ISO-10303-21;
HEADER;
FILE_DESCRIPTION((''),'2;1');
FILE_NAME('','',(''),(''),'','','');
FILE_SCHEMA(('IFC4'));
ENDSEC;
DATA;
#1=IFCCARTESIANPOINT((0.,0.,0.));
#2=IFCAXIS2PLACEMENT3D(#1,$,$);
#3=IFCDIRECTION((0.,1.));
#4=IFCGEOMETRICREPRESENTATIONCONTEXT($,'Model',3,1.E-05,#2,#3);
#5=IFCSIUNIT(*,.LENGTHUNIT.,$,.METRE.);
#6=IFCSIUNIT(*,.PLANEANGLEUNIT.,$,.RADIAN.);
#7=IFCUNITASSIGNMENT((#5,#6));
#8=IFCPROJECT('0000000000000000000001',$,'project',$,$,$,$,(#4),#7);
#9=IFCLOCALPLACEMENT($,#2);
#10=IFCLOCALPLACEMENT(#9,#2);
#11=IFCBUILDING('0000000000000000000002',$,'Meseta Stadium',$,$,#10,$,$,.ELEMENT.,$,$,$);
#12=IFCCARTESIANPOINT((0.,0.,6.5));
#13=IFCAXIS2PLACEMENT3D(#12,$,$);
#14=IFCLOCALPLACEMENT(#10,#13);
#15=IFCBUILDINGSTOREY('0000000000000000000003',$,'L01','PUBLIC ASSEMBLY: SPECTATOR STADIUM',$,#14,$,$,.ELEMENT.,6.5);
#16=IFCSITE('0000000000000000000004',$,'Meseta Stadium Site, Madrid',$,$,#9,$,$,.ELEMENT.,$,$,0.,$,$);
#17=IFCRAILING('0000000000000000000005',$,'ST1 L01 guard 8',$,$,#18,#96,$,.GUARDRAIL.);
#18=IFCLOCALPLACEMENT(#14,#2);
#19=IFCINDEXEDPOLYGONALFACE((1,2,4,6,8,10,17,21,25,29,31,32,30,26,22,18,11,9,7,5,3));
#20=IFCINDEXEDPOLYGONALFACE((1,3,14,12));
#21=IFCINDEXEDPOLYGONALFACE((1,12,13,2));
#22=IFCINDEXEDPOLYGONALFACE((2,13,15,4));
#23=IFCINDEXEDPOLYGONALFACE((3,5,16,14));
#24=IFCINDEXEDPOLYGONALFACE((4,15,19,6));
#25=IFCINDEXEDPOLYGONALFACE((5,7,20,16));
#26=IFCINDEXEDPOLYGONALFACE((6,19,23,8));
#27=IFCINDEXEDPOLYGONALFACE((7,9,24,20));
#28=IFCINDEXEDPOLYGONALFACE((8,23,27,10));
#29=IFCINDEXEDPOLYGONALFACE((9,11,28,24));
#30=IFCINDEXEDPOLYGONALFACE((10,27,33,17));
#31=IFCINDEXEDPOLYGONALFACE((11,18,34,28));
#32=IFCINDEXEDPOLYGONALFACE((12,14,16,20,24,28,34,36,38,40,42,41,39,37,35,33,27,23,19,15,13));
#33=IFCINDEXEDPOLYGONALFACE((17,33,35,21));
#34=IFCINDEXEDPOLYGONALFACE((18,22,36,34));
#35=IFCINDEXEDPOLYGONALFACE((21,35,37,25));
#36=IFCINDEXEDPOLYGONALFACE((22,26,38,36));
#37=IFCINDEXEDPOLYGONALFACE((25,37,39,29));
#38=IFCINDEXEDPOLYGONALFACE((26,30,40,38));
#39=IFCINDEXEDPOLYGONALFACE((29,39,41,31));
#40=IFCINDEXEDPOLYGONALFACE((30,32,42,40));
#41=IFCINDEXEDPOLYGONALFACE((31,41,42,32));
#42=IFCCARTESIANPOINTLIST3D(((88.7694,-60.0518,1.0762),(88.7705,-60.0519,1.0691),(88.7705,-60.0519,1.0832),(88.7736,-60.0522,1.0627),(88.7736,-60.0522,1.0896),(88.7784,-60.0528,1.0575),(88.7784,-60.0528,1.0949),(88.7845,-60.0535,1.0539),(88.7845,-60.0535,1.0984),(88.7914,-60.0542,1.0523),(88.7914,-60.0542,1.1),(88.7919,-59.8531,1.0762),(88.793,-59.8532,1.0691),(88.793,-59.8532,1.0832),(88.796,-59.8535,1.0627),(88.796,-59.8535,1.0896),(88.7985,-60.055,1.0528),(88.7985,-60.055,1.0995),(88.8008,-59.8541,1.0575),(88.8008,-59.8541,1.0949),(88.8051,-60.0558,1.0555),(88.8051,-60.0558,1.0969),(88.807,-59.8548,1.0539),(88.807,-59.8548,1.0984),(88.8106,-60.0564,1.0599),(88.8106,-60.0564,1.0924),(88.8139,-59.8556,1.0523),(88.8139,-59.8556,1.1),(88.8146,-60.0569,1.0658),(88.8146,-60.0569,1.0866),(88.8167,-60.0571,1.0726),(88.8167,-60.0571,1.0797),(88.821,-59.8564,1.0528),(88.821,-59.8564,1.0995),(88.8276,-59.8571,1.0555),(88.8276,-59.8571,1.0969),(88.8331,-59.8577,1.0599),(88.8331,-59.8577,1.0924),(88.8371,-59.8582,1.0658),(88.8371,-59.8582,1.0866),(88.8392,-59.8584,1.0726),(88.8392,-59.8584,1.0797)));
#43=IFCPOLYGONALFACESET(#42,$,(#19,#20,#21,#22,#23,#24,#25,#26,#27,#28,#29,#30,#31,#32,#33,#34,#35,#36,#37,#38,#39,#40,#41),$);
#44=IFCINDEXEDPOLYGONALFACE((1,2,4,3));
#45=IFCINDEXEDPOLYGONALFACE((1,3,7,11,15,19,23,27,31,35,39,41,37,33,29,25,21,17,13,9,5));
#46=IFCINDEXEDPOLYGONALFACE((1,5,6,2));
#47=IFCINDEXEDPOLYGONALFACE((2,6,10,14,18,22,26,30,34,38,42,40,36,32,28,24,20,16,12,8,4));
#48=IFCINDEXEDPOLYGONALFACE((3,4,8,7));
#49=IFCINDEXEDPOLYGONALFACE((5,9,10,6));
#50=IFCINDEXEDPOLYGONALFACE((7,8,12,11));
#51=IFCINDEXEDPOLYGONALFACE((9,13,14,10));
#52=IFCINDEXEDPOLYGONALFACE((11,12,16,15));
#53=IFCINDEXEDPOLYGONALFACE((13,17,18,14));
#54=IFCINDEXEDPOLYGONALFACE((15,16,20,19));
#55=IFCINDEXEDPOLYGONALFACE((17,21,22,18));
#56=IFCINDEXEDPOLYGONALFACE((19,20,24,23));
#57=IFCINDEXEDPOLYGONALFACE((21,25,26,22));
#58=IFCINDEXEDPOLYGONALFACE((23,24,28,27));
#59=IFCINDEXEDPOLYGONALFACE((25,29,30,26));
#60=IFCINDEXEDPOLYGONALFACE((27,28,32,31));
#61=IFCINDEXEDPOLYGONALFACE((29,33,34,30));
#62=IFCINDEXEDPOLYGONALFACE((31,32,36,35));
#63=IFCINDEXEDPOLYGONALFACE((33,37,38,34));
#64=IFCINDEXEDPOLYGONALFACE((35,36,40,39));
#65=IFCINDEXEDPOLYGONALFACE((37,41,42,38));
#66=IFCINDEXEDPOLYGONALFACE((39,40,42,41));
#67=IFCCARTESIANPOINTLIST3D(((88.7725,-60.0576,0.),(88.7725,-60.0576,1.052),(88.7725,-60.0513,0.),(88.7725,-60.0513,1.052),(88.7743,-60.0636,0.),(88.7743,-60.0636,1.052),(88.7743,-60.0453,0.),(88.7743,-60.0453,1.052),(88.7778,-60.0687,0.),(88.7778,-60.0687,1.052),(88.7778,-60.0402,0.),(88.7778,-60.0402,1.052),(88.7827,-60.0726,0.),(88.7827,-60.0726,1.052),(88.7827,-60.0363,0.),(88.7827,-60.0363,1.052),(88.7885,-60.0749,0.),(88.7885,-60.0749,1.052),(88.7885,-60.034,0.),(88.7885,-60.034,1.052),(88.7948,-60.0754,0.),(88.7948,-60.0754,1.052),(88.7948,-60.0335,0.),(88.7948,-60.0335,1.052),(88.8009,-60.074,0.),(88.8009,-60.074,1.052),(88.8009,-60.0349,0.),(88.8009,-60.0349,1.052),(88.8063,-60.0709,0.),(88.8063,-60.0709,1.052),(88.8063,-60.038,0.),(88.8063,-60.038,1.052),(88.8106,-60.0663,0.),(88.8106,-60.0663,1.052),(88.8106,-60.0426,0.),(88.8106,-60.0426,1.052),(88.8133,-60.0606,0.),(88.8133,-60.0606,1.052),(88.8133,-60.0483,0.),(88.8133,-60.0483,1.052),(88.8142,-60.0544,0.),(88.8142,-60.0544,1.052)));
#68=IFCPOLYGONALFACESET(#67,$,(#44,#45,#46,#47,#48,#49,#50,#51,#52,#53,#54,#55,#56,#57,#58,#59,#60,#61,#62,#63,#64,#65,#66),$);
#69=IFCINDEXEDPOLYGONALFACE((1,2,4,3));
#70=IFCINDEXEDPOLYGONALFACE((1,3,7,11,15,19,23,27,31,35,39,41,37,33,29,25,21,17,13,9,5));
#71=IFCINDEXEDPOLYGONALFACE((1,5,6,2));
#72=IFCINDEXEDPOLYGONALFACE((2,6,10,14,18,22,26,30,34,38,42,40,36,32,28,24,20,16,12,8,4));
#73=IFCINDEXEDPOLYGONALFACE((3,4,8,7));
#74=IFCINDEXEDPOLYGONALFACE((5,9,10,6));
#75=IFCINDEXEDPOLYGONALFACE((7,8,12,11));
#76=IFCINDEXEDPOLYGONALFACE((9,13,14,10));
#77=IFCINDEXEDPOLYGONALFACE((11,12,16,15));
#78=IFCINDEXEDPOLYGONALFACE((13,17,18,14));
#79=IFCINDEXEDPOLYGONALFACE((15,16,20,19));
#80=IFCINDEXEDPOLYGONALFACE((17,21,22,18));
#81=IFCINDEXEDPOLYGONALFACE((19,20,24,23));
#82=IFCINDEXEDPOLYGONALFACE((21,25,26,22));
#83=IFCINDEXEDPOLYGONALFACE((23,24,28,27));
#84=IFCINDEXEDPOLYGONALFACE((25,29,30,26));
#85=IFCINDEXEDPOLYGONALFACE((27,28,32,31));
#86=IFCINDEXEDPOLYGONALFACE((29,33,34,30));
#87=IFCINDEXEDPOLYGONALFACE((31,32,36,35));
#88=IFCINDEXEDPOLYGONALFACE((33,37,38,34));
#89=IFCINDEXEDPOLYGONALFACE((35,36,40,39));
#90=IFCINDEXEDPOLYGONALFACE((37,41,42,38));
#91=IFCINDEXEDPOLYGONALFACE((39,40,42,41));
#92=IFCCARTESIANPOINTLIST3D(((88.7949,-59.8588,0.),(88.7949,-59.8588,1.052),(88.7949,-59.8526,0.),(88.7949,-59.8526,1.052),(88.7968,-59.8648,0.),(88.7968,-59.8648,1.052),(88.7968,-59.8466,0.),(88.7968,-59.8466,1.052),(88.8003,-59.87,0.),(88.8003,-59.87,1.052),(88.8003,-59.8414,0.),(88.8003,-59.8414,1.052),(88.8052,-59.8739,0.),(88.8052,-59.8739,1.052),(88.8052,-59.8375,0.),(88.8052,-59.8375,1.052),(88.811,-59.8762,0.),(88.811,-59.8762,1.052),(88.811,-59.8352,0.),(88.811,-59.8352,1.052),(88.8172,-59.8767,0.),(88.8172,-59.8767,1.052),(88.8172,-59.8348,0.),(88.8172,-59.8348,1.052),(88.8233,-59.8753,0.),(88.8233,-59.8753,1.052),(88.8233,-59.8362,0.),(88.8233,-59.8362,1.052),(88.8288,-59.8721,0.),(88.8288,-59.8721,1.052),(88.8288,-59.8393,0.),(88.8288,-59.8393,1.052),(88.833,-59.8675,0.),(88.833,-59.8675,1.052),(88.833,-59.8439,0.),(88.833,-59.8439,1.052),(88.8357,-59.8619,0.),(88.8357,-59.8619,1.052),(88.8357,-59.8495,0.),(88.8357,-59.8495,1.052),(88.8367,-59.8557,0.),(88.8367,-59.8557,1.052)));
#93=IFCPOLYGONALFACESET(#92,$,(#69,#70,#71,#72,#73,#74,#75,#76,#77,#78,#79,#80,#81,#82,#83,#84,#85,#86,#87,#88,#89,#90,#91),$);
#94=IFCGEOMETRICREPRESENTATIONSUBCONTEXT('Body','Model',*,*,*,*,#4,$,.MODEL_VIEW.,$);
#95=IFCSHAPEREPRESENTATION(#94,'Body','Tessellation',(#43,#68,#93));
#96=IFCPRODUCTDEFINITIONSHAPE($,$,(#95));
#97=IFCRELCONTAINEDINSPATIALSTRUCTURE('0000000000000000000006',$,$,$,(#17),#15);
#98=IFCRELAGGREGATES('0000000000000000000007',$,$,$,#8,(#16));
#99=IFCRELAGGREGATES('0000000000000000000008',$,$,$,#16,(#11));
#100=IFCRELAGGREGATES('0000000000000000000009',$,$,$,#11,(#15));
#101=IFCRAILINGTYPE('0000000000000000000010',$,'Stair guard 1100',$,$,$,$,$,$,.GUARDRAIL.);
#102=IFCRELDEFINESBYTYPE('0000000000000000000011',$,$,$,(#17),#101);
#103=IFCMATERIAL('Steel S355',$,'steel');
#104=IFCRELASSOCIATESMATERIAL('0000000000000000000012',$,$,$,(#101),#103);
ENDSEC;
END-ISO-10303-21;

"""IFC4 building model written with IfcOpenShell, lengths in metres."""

from ifc_helpers import new_model, si_unit, direction, frame, origin, origin_2d, place, context, subcontext, project, spatial, circle, extrude, material, type_object, element, save


model = new_model("IFC4")

# Units and contexts
model_context = context("Model", 3, precision=1e-05, world=origin(), true_north=direction((0.0, 1.0)))
body_context = subcontext(model_context, "Body", "Model", "MODEL_VIEW")
ifc_project = project(units=[si_unit("LENGTHUNIT", "METRE"), si_unit("PLANEANGLEUNIT", "RADIAN")], contexts=[model_context])

# Site, building, storey
site_placement = place(None, origin())
site = spatial("IfcSite", under=ifc_project, at=site_placement, Name="Meseta Stadium Site, Madrid", CompositionType="ELEMENT", RefElevation=0.0)
building_placement = place(site_placement, origin())
building = spatial("IfcBuilding", under=site, at=building_placement, Name="Meseta Stadium", CompositionType="ELEMENT")
storey_placement = place(building_placement, frame((0.0, 0.0, 6.5)))
storey = spatial("IfcBuildingStorey", under=building, at=storey_placement, Name="L01", Description="PUBLIC ASSEMBLY: SPECTATOR STADIUM", CompositionType="ELEMENT", Elevation=6.5)

# Railing
ifc_material_1 = material(Name="Steel S355", Category="steel")
railing_type_1 = type_object("IfcRailingType", Name="Stair guard 1100", PredefinedType="GUARDRAIL", material=ifc_material_1)
railing_1_placement = place(storey_placement, frame((88.7932, -60.0544, 0.0)))
element("IfcRailing", 1, at=railing_1_placement, inside=storey, type_object=railing_type_1, Name="ST1 L01 guard 8", PredefinedType="GUARDRAIL", context=body_context, shape_type="SweptSolid", body=[
    extrude(circle(Radius=0.0239, at=origin_2d()), frame((0.0, 0.0, 1.0762), z_axis=(0.112307, 0.993674, 0.0), x_axis=(-0.993674, 0.112307, 0.0)), (0.0, 0.0, 1.0), 0.2),
    extrude(circle(Radius=0.021, at=origin_2d()), origin(), (0.0, 0.0, 1.0), 1.052),
    extrude(circle(Radius=0.021, at=origin_2d()), frame((0.0225, 0.1987, 0.0)), (0.0, 0.0, 1.0), 1.052),
])

save(model, "model.ifc")
